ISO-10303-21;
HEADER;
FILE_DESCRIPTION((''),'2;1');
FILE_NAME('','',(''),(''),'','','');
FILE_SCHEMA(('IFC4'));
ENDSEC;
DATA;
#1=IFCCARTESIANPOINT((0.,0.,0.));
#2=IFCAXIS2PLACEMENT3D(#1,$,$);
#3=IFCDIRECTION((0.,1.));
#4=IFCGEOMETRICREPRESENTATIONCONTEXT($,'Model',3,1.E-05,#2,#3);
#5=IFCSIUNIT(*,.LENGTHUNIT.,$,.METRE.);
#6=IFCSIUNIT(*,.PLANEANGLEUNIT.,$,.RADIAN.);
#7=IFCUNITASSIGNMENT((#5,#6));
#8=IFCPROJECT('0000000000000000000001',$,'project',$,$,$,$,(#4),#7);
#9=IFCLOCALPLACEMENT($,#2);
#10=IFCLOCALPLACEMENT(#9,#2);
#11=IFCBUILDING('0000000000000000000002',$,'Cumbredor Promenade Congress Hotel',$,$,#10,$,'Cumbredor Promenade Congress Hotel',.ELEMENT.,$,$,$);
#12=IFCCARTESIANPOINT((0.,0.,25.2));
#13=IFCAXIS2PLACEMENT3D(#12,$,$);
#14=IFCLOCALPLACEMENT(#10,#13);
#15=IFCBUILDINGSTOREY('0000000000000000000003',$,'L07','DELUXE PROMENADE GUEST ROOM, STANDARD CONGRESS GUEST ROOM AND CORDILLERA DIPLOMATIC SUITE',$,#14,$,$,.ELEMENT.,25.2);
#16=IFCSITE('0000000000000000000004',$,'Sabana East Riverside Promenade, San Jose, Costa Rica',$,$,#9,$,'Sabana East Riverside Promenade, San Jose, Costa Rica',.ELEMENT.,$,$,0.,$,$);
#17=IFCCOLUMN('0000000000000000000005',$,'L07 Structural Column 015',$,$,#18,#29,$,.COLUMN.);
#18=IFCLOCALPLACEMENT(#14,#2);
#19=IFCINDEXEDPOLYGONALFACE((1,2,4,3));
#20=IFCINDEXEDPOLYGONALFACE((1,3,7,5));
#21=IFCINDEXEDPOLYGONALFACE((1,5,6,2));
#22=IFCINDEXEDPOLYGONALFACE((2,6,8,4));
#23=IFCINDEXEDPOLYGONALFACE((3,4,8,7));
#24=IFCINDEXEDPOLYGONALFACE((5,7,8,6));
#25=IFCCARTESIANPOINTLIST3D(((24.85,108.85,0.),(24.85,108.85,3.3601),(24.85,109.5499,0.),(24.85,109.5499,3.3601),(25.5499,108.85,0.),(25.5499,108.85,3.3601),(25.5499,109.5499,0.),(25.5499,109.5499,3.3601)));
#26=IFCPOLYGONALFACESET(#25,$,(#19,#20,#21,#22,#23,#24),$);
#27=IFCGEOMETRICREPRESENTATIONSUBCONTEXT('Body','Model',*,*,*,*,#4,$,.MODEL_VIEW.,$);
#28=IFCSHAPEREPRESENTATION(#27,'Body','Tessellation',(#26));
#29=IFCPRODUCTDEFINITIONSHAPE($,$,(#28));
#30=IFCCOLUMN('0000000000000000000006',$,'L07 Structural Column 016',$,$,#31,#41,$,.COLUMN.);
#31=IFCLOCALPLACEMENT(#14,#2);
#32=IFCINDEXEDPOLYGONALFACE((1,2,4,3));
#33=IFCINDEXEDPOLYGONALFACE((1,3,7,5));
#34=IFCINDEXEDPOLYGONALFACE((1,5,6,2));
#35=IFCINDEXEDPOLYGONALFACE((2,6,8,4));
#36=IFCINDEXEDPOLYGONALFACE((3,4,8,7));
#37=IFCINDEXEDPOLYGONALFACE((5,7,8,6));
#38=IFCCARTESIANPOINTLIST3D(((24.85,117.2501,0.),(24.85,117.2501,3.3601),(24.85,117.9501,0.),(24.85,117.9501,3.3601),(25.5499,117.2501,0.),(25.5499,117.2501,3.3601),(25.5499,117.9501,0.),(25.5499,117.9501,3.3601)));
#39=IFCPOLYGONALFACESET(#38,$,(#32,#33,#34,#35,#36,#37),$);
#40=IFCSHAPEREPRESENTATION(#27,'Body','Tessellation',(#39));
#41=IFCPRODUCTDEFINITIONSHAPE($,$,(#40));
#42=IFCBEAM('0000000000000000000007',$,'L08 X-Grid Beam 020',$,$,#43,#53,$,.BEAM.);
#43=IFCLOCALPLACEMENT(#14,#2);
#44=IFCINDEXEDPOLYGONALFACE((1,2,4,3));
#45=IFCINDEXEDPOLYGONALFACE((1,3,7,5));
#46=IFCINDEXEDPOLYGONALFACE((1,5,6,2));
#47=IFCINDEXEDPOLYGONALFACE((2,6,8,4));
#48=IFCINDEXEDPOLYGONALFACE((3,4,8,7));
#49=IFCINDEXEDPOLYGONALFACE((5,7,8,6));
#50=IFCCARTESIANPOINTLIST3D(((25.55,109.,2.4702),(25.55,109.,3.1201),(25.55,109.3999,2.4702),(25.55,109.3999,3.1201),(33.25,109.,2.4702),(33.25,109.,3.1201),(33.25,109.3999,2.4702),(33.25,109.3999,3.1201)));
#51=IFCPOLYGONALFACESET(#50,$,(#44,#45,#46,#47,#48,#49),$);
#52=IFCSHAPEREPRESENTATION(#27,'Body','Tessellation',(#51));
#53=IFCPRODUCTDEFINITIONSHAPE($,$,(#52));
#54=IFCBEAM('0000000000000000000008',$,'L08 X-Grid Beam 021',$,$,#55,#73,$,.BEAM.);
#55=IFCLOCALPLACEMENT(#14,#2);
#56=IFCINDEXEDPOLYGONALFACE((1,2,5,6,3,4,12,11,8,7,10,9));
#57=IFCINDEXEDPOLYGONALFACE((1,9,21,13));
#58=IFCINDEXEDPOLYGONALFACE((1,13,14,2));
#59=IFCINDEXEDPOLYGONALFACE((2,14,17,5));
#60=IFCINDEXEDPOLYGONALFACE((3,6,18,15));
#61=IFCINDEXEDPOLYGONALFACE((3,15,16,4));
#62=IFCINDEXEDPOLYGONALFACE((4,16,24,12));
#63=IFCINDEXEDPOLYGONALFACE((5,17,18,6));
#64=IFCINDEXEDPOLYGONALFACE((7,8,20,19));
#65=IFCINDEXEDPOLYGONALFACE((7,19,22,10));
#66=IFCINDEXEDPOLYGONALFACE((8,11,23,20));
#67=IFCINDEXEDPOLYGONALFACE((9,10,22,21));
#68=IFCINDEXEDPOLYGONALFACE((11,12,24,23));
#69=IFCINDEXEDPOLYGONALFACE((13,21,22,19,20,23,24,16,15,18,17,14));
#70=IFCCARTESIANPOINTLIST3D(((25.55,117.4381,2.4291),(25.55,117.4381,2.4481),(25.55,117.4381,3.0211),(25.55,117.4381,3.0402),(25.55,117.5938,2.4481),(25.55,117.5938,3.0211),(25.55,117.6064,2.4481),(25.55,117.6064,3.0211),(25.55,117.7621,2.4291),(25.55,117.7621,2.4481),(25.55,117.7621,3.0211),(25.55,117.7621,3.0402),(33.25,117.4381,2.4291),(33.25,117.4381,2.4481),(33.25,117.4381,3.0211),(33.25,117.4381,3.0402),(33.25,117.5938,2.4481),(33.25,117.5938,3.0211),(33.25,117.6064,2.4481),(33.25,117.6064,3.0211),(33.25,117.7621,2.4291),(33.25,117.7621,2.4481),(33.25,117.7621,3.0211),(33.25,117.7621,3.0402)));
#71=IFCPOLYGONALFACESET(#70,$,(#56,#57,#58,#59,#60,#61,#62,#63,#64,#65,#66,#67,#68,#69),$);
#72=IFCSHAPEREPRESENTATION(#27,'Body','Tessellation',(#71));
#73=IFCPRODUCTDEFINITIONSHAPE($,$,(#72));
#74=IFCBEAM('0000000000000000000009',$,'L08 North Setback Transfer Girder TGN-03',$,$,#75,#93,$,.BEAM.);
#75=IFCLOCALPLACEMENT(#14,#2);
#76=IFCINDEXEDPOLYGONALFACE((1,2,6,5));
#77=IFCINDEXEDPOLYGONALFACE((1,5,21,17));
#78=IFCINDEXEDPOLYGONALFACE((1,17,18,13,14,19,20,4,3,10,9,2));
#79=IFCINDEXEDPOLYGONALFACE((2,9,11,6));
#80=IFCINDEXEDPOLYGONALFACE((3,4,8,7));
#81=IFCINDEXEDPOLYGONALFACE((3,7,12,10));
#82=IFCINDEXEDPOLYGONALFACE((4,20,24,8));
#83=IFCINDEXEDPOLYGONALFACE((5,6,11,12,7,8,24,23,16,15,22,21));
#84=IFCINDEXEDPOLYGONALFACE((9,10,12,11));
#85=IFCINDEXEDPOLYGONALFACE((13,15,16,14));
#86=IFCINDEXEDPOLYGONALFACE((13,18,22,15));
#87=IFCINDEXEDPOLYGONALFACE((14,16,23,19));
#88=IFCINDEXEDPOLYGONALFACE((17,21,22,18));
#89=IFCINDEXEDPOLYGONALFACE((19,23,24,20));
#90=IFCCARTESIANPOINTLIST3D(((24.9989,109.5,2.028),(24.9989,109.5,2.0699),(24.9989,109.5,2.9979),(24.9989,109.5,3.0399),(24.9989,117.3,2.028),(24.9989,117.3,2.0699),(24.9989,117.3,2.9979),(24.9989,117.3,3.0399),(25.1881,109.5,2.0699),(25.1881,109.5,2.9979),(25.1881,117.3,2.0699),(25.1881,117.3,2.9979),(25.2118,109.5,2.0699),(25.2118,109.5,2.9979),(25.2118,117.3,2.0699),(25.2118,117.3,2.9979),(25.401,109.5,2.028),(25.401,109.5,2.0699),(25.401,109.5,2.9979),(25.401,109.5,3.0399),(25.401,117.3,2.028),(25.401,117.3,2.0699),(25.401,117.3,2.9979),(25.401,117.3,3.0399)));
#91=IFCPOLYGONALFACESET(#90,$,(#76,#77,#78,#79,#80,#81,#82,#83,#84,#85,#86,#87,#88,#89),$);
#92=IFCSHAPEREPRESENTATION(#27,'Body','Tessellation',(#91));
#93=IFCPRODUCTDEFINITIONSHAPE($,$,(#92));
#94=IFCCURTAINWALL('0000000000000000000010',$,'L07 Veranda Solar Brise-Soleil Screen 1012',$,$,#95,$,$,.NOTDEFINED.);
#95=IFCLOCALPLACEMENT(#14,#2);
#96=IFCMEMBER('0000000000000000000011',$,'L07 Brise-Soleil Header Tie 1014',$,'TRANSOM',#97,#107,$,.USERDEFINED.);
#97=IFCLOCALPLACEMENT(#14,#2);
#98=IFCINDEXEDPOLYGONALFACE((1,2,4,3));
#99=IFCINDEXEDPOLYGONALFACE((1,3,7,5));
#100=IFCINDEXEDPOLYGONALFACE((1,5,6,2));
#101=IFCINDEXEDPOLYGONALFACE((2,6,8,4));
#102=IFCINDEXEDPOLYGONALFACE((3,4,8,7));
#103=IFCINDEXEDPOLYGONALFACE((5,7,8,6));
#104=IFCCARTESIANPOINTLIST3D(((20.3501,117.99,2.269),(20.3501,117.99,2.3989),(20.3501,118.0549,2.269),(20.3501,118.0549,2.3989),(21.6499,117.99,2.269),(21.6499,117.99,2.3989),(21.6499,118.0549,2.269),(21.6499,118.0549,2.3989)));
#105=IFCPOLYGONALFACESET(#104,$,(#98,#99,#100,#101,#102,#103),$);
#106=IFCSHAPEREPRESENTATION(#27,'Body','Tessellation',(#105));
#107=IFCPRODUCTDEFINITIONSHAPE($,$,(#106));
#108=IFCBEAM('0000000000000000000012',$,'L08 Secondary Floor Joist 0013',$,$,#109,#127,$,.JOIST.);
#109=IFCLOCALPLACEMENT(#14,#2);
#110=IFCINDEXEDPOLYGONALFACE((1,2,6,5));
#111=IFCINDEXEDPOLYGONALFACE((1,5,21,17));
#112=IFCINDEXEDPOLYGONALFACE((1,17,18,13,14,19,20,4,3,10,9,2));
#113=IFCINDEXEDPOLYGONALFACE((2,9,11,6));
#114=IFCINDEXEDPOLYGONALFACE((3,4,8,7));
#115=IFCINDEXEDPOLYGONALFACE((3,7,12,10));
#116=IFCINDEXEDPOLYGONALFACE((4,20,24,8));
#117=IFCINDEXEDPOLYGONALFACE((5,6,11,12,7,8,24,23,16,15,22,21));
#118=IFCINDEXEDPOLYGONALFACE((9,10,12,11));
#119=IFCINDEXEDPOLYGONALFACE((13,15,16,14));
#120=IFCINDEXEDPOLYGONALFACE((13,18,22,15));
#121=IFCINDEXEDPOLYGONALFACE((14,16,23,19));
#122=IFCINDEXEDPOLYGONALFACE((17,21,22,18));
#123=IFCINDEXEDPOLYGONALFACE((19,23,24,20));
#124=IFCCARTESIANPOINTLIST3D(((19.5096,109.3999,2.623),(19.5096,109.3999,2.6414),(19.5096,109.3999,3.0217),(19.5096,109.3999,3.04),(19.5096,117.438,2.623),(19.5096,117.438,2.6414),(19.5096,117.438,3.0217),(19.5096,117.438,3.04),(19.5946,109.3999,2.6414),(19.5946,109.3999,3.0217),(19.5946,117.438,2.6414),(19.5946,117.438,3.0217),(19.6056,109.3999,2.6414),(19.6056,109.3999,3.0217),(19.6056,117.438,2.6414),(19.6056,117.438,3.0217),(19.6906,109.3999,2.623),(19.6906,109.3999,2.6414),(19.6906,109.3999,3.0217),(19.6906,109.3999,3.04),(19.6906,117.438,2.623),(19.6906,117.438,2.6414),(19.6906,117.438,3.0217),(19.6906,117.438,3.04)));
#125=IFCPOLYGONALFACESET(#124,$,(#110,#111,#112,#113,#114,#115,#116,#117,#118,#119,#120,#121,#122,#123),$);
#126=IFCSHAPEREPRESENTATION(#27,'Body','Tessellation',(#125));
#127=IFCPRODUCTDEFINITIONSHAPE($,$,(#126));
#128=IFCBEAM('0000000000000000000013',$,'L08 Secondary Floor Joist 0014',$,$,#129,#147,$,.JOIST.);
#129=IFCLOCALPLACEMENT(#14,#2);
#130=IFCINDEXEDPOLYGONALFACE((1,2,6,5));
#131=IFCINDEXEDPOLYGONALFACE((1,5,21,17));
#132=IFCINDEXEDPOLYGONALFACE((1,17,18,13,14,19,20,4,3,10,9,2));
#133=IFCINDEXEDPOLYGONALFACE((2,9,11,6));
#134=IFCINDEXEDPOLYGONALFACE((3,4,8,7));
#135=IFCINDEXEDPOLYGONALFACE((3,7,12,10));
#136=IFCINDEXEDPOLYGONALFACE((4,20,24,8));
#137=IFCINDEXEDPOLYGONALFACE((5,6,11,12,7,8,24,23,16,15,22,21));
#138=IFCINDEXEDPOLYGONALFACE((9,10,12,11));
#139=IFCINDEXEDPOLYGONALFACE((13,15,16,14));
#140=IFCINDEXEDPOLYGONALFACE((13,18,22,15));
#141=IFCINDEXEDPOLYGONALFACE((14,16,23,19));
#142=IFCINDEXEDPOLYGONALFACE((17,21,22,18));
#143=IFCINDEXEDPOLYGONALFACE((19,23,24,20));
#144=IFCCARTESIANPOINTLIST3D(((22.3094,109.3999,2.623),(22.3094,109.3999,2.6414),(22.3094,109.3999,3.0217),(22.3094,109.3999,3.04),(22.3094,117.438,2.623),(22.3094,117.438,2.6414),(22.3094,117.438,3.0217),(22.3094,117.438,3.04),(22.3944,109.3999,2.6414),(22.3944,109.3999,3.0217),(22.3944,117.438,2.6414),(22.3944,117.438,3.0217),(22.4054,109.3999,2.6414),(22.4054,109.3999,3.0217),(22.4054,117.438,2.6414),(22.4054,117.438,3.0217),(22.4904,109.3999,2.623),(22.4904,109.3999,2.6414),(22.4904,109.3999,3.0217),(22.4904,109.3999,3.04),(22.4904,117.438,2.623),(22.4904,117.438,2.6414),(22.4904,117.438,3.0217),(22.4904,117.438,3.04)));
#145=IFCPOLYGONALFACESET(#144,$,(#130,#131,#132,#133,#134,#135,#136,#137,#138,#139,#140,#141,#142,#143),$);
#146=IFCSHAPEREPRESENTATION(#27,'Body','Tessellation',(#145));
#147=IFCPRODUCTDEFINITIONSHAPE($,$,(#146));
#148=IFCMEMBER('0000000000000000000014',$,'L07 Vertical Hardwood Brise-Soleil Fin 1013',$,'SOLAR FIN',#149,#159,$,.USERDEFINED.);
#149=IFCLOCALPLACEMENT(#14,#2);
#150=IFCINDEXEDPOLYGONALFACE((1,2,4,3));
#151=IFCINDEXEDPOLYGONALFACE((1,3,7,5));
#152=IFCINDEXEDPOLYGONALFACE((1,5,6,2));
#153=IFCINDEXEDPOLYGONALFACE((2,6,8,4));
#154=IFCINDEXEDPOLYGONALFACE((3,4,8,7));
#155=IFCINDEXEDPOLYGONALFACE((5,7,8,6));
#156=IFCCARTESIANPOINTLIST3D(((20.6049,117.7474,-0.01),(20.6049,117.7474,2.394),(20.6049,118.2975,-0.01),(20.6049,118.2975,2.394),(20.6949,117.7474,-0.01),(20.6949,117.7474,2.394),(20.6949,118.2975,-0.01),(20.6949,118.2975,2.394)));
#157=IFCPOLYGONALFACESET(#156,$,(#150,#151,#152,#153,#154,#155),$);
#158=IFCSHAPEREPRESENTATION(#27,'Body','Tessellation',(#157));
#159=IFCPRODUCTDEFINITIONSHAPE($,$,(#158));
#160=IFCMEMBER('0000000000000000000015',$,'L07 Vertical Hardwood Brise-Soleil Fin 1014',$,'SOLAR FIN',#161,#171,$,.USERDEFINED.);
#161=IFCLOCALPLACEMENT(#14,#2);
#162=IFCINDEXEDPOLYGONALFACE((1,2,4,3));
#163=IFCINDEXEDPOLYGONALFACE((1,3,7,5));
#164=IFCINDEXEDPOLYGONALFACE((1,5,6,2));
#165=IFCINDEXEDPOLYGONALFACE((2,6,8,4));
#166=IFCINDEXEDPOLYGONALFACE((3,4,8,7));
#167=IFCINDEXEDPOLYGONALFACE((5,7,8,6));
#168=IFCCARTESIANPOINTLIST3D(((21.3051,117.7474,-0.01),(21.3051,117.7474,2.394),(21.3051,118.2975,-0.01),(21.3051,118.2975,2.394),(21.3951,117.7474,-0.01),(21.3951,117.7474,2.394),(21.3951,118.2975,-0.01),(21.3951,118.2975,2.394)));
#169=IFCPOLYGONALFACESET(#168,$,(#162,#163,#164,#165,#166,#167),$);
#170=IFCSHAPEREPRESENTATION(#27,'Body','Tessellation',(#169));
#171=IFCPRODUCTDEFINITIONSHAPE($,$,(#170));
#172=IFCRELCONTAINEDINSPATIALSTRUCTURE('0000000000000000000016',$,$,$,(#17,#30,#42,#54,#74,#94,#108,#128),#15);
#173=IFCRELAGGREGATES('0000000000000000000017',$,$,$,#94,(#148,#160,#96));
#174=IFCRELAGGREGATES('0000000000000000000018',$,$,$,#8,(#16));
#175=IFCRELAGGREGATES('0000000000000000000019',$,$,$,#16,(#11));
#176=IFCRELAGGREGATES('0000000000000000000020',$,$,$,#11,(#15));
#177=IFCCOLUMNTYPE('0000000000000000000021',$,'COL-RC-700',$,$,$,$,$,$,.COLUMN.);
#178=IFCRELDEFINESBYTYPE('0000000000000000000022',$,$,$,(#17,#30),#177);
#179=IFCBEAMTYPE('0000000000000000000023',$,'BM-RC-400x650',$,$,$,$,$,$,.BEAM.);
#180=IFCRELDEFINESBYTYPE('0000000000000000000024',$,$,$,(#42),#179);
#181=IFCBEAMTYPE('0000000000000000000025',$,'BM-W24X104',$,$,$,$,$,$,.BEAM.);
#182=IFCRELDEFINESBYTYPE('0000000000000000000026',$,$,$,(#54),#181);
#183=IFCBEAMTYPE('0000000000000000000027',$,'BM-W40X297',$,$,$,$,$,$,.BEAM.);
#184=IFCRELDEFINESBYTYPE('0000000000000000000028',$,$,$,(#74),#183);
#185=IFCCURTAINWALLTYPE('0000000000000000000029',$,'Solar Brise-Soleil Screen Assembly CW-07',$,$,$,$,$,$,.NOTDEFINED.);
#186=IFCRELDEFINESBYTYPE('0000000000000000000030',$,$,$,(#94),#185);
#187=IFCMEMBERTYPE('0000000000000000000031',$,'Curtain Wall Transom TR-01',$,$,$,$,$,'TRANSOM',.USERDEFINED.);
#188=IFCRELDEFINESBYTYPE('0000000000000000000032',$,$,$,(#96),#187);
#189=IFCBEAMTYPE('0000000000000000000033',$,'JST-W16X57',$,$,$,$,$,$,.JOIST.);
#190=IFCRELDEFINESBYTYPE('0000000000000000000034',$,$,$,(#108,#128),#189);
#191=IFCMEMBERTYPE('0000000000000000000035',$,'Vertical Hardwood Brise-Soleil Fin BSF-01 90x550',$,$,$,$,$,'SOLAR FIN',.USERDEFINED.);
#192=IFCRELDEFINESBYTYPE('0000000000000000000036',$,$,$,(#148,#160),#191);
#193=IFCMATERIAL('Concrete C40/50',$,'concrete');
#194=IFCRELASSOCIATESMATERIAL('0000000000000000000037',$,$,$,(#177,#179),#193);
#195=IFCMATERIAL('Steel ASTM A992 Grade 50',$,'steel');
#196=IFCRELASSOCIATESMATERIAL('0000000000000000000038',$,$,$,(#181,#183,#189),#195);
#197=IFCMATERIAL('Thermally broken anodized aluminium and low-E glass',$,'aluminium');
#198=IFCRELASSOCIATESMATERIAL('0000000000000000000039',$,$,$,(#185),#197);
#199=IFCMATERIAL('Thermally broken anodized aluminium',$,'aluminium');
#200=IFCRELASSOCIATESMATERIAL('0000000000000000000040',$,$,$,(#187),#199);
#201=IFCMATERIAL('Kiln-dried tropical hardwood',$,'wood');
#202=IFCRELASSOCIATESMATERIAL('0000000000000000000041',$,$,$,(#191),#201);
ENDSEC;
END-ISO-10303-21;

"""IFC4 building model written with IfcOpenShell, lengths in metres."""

from ifc_helpers import new_model, si_unit, direction, frame, origin, origin_2d, place, context, subcontext, project, spatial, rectangle, i_section, extrude, material, material_profile, profile_set, type_object, element, aggregate, save


model = new_model("IFC4")

# Units and contexts
model_context = context("Model", 3, precision=1e-05, world=origin(), true_north=direction((0.0, 1.0)))
body_context = subcontext(model_context, "Body", "Model", "MODEL_VIEW")
ifc_project = project(units=[si_unit("LENGTHUNIT", "METRE"), si_unit("PLANEANGLEUNIT", "RADIAN")], contexts=[model_context])

# Site, building, storey
site_placement = place(None, origin())
site = spatial("IfcSite", under=ifc_project, at=site_placement, Name="Sabana East Riverside Promenade, San Jose, Costa Rica", LongName="Sabana East Riverside Promenade, San Jose, Costa Rica", CompositionType="ELEMENT", RefElevation=0.0)
building_placement = place(site_placement, origin())
building = spatial("IfcBuilding", under=site, at=building_placement, Name="Cumbredor Promenade Congress Hotel", LongName="Cumbredor Promenade Congress Hotel", CompositionType="ELEMENT")
storey_placement = place(building_placement, frame((0.0, 0.0, 25.2)))
storey = spatial("IfcBuildingStorey", under=building, at=storey_placement, Name="L07", Description="DELUXE PROMENADE GUEST ROOM, STANDARD CONGRESS GUEST ROOM AND CORDILLERA DIPLOMATIC SUITE", CompositionType="ELEMENT", Elevation=25.2)

# Columns
ifc_material_1 = material(Name="Concrete C40/50", Category="concrete")
ifc_material_profile_1 = material_profile(ifc_material_1, rectangle(XDim=0.7, YDim=0.7, at=origin_2d()), Name="RC 700x700")
ifc_profile_set_1 = profile_set([ifc_material_profile_1], Name="Concrete C40/50")
column_type = type_object("IfcColumnType", Name="COL-RC-700", PredefinedType="COLUMN", material=ifc_profile_set_1)
for number, where, z_axis, x_axis, name in (
    (1, (25.2, 109.2, 0.0), (0.0, 0.0, 1.0), (1.0, 0.0, 0.0), "L07 Structural Column 015"),
    (2, (25.2, 117.6001, 0.0), (0.0, 0.0, 1.0), (1.0, 0.0, 0.0), "L07 Structural Column 016"),
):
    element("IfcColumn", number, at=place(storey_placement, frame(where, z_axis=z_axis, x_axis=x_axis)), inside=storey, type_object=column_type, Name=name, PredefinedType="COLUMN", context=body_context, shape_type="SweptSolid", body=[
        extrude(rectangle(XDim=0.7, YDim=0.7, at=origin_2d()), origin(), (0.0, 0.0, 1.0), 3.3601),
    ])

# Beams
ifc_material_profile_2 = material_profile(ifc_material_1, rectangle(XDim=0.3999, YDim=0.6499, at=origin_2d()), Name="RC BEAM 400x650")
ifc_profile_set_2 = profile_set([ifc_material_profile_2], Name="Concrete C40/50")
beam_type_1 = type_object("IfcBeamType", Name="BM-RC-400x650", PredefinedType="BEAM", material=ifc_profile_set_2)
beam_1_placement = place(storey_placement, frame((25.55, 109.2, 2.7952), z_axis=(1.0, 0.0, 0.0), x_axis=(0.0, 1.0, 0.0)))
element("IfcBeam", 3, at=beam_1_placement, inside=storey, type_object=beam_type_1, Name="L08 X-Grid Beam 020", PredefinedType="BEAM", context=body_context, shape_type="SweptSolid", body=[
    extrude(rectangle(XDim=0.3999, YDim=0.6499, at=origin_2d()), origin(), (0.0, 0.0, 1.0), 7.7),
])
ifc_material_2 = material(Name="Steel ASTM A992 Grade 50", Category="steel")
ifc_material_profile_3 = material_profile(ifc_material_2, i_section(OverallWidth=0.324, OverallDepth=0.6111, WebThickness=0.0127, FlangeThickness=0.019, at=origin_2d()), Name="W24X104")
ifc_profile_set_3 = profile_set([ifc_material_profile_3], Name="Steel ASTM A992 Grade 50")
beam_type_2 = type_object("IfcBeamType", Name="BM-W24X104", PredefinedType="BEAM", material=ifc_profile_set_3)
beam_2_placement = place(storey_placement, frame((25.55, 117.6001, 2.7346), z_axis=(1.0, 0.0, 0.0), x_axis=(0.0, 1.0, 0.0)))
element("IfcBeam", 4, at=beam_2_placement, inside=storey, type_object=beam_type_2, Name="L08 X-Grid Beam 021", PredefinedType="BEAM", context=body_context, shape_type="SweptSolid", body=[
    extrude(i_section(OverallWidth=0.324, OverallDepth=0.6111, WebThickness=0.0127, FlangeThickness=0.019, at=origin_2d()), origin(), (0.0, 0.0, 1.0), 7.7),
])
ifc_material_profile_4 = material_profile(ifc_material_2, i_section(OverallWidth=0.4021, OverallDepth=1.012, WebThickness=0.0237, FlangeThickness=0.042, at=origin_2d()), Name="W40X297")
ifc_profile_set_4 = profile_set([ifc_material_profile_4], Name="Steel ASTM A992 Grade 50")
beam_type_3 = type_object("IfcBeamType", Name="BM-W40X297", PredefinedType="BEAM", material=ifc_profile_set_4)
beam_3_placement = place(storey_placement, frame((25.2, 109.5, 2.5339), z_axis=(0.0, 1.0, 0.0), x_axis=(-1.0, 0.0, 0.0)))
element("IfcBeam", 5, at=beam_3_placement, inside=storey, type_object=beam_type_3, Name="L08 North Setback Transfer Girder TGN-03", PredefinedType="BEAM", context=body_context, shape_type="SweptSolid", body=[
    extrude(i_section(OverallWidth=0.4021, OverallDepth=1.012, WebThickness=0.0237, FlangeThickness=0.042, at=origin_2d()), origin(), (0.0, 0.0, 1.0), 7.8),
])

# Curtain wall, member
ifc_material_3 = material(Name="Thermally broken anodized aluminium and low-E glass", Category="aluminium")
curtain_wall_type = type_object("IfcCurtainWallType", Name="Solar Brise-Soleil Screen Assembly CW-07", PredefinedType="NOTDEFINED", material=ifc_material_3)
curtain_wall_placement = place(storey_placement, origin())
curtain_wall = element("IfcCurtainWall", 6, at=curtain_wall_placement, inside=storey, type_object=curtain_wall_type, Name="L07 Veranda Solar Brise-Soleil Screen 1012", PredefinedType="NOTDEFINED")
ifc_material_4 = material(Name="Thermally broken anodized aluminium", Category="aluminium")
ifc_material_profile_5 = material_profile(ifc_material_4, rectangle(XDim=0.0649, YDim=0.1299, at=origin_2d()), Name="ALU TRANSOM 65x130")
ifc_profile_set_5 = profile_set([ifc_material_profile_5], Name="Thermally broken anodized aluminium")
member_type_1 = type_object("IfcMemberType", Name="Curtain Wall Transom TR-01", ElementType="TRANSOM", PredefinedType="USERDEFINED", material=ifc_profile_set_5)
member_1_placement = place(storey_placement, frame((20.3501, 118.0225, 2.334), z_axis=(1.0, 0.0, 0.0), x_axis=(0.0, 1.0, 0.0)))
member_1 = element("IfcMember", 7, at=member_1_placement, type_object=member_type_1, Name="L07 Brise-Soleil Header Tie 1014", ObjectType="TRANSOM", PredefinedType="USERDEFINED", context=body_context, shape_type="SweptSolid", body=[
    extrude(rectangle(XDim=0.0649, YDim=0.1299, at=origin_2d()), origin(), (0.0, 0.0, 1.0), 1.2998),
])

# Beams
ifc_material_profile_6 = material_profile(ifc_material_2, i_section(OverallWidth=0.1809, OverallDepth=0.417, WebThickness=0.011, FlangeThickness=0.0183, at=origin_2d()), Name="W16X57")
ifc_profile_set_6 = profile_set([ifc_material_profile_6], Name="Steel ASTM A992 Grade 50")
beam_type_4 = type_object("IfcBeamType", Name="JST-W16X57", PredefinedType="JOIST", material=ifc_profile_set_6)
for number, where, z_axis, x_axis, name in (
    (8, (19.6001, 109.3999, 2.8315), (0.0, 1.0, 0.0), (-1.0, 0.0, 0.0), "L08 Secondary Floor Joist 0013"),
    (9, (22.3999, 109.3999, 2.8315), (0.0, 1.0, 0.0), (-1.0, 0.0, 0.0), "L08 Secondary Floor Joist 0014"),
):
    element("IfcBeam", number, at=place(storey_placement, frame(where, z_axis=z_axis, x_axis=x_axis)), inside=storey, type_object=beam_type_4, Name=name, PredefinedType="JOIST", context=body_context, shape_type="SweptSolid", body=[
        extrude(i_section(OverallWidth=0.1809, OverallDepth=0.417, WebThickness=0.011, FlangeThickness=0.0183, at=origin_2d()), origin(), (0.0, 0.0, 1.0), 8.0381),
    ])

# Members
ifc_material_5 = material(Name="Kiln-dried tropical hardwood", Category="wood")
ifc_material_profile_7 = material_profile(ifc_material_5, rectangle(XDim=0.0901, YDim=0.55, at=origin_2d()), Name="ARCH FIN 90x550")
ifc_profile_set_7 = profile_set([ifc_material_profile_7], Name="Kiln-dried tropical hardwood")
member_type_2 = type_object("IfcMemberType", Name="Vertical Hardwood Brise-Soleil Fin BSF-01 90x550", ElementType="SOLAR FIN", PredefinedType="USERDEFINED", material=ifc_profile_set_7)
member_2_placement = place(storey_placement, frame((20.6499, 118.0225, -0.01), z_axis=(0.0, 0.0, 1.0), x_axis=(1.0, 0.0, 0.0)))
member_2 = element("IfcMember", 10, at=member_2_placement, type_object=member_type_2, Name="L07 Vertical Hardwood Brise-Soleil Fin 1013", ObjectType="SOLAR FIN", PredefinedType="USERDEFINED", context=body_context, shape_type="SweptSolid", body=[
    extrude(rectangle(XDim=0.0901, YDim=0.55, at=origin_2d()), origin(), (0.0, 0.0, 1.0), 2.4041),
])
member_3_placement = place(storey_placement, frame((21.3501, 118.0225, -0.01), z_axis=(0.0, 0.0, 1.0), x_axis=(1.0, 0.0, 0.0)))
member_3 = element("IfcMember", 11, at=member_3_placement, type_object=member_type_2, Name="L07 Vertical Hardwood Brise-Soleil Fin 1014", ObjectType="SOLAR FIN", PredefinedType="USERDEFINED", context=body_context, shape_type="SweptSolid", body=[
    extrude(rectangle(XDim=0.0901, YDim=0.55, at=origin_2d()), origin(), (0.0, 0.0, 1.0), 2.4041),
])
aggregate(curtain_wall, [member_2, member_3, member_1])

save(model, "model.ifc")
